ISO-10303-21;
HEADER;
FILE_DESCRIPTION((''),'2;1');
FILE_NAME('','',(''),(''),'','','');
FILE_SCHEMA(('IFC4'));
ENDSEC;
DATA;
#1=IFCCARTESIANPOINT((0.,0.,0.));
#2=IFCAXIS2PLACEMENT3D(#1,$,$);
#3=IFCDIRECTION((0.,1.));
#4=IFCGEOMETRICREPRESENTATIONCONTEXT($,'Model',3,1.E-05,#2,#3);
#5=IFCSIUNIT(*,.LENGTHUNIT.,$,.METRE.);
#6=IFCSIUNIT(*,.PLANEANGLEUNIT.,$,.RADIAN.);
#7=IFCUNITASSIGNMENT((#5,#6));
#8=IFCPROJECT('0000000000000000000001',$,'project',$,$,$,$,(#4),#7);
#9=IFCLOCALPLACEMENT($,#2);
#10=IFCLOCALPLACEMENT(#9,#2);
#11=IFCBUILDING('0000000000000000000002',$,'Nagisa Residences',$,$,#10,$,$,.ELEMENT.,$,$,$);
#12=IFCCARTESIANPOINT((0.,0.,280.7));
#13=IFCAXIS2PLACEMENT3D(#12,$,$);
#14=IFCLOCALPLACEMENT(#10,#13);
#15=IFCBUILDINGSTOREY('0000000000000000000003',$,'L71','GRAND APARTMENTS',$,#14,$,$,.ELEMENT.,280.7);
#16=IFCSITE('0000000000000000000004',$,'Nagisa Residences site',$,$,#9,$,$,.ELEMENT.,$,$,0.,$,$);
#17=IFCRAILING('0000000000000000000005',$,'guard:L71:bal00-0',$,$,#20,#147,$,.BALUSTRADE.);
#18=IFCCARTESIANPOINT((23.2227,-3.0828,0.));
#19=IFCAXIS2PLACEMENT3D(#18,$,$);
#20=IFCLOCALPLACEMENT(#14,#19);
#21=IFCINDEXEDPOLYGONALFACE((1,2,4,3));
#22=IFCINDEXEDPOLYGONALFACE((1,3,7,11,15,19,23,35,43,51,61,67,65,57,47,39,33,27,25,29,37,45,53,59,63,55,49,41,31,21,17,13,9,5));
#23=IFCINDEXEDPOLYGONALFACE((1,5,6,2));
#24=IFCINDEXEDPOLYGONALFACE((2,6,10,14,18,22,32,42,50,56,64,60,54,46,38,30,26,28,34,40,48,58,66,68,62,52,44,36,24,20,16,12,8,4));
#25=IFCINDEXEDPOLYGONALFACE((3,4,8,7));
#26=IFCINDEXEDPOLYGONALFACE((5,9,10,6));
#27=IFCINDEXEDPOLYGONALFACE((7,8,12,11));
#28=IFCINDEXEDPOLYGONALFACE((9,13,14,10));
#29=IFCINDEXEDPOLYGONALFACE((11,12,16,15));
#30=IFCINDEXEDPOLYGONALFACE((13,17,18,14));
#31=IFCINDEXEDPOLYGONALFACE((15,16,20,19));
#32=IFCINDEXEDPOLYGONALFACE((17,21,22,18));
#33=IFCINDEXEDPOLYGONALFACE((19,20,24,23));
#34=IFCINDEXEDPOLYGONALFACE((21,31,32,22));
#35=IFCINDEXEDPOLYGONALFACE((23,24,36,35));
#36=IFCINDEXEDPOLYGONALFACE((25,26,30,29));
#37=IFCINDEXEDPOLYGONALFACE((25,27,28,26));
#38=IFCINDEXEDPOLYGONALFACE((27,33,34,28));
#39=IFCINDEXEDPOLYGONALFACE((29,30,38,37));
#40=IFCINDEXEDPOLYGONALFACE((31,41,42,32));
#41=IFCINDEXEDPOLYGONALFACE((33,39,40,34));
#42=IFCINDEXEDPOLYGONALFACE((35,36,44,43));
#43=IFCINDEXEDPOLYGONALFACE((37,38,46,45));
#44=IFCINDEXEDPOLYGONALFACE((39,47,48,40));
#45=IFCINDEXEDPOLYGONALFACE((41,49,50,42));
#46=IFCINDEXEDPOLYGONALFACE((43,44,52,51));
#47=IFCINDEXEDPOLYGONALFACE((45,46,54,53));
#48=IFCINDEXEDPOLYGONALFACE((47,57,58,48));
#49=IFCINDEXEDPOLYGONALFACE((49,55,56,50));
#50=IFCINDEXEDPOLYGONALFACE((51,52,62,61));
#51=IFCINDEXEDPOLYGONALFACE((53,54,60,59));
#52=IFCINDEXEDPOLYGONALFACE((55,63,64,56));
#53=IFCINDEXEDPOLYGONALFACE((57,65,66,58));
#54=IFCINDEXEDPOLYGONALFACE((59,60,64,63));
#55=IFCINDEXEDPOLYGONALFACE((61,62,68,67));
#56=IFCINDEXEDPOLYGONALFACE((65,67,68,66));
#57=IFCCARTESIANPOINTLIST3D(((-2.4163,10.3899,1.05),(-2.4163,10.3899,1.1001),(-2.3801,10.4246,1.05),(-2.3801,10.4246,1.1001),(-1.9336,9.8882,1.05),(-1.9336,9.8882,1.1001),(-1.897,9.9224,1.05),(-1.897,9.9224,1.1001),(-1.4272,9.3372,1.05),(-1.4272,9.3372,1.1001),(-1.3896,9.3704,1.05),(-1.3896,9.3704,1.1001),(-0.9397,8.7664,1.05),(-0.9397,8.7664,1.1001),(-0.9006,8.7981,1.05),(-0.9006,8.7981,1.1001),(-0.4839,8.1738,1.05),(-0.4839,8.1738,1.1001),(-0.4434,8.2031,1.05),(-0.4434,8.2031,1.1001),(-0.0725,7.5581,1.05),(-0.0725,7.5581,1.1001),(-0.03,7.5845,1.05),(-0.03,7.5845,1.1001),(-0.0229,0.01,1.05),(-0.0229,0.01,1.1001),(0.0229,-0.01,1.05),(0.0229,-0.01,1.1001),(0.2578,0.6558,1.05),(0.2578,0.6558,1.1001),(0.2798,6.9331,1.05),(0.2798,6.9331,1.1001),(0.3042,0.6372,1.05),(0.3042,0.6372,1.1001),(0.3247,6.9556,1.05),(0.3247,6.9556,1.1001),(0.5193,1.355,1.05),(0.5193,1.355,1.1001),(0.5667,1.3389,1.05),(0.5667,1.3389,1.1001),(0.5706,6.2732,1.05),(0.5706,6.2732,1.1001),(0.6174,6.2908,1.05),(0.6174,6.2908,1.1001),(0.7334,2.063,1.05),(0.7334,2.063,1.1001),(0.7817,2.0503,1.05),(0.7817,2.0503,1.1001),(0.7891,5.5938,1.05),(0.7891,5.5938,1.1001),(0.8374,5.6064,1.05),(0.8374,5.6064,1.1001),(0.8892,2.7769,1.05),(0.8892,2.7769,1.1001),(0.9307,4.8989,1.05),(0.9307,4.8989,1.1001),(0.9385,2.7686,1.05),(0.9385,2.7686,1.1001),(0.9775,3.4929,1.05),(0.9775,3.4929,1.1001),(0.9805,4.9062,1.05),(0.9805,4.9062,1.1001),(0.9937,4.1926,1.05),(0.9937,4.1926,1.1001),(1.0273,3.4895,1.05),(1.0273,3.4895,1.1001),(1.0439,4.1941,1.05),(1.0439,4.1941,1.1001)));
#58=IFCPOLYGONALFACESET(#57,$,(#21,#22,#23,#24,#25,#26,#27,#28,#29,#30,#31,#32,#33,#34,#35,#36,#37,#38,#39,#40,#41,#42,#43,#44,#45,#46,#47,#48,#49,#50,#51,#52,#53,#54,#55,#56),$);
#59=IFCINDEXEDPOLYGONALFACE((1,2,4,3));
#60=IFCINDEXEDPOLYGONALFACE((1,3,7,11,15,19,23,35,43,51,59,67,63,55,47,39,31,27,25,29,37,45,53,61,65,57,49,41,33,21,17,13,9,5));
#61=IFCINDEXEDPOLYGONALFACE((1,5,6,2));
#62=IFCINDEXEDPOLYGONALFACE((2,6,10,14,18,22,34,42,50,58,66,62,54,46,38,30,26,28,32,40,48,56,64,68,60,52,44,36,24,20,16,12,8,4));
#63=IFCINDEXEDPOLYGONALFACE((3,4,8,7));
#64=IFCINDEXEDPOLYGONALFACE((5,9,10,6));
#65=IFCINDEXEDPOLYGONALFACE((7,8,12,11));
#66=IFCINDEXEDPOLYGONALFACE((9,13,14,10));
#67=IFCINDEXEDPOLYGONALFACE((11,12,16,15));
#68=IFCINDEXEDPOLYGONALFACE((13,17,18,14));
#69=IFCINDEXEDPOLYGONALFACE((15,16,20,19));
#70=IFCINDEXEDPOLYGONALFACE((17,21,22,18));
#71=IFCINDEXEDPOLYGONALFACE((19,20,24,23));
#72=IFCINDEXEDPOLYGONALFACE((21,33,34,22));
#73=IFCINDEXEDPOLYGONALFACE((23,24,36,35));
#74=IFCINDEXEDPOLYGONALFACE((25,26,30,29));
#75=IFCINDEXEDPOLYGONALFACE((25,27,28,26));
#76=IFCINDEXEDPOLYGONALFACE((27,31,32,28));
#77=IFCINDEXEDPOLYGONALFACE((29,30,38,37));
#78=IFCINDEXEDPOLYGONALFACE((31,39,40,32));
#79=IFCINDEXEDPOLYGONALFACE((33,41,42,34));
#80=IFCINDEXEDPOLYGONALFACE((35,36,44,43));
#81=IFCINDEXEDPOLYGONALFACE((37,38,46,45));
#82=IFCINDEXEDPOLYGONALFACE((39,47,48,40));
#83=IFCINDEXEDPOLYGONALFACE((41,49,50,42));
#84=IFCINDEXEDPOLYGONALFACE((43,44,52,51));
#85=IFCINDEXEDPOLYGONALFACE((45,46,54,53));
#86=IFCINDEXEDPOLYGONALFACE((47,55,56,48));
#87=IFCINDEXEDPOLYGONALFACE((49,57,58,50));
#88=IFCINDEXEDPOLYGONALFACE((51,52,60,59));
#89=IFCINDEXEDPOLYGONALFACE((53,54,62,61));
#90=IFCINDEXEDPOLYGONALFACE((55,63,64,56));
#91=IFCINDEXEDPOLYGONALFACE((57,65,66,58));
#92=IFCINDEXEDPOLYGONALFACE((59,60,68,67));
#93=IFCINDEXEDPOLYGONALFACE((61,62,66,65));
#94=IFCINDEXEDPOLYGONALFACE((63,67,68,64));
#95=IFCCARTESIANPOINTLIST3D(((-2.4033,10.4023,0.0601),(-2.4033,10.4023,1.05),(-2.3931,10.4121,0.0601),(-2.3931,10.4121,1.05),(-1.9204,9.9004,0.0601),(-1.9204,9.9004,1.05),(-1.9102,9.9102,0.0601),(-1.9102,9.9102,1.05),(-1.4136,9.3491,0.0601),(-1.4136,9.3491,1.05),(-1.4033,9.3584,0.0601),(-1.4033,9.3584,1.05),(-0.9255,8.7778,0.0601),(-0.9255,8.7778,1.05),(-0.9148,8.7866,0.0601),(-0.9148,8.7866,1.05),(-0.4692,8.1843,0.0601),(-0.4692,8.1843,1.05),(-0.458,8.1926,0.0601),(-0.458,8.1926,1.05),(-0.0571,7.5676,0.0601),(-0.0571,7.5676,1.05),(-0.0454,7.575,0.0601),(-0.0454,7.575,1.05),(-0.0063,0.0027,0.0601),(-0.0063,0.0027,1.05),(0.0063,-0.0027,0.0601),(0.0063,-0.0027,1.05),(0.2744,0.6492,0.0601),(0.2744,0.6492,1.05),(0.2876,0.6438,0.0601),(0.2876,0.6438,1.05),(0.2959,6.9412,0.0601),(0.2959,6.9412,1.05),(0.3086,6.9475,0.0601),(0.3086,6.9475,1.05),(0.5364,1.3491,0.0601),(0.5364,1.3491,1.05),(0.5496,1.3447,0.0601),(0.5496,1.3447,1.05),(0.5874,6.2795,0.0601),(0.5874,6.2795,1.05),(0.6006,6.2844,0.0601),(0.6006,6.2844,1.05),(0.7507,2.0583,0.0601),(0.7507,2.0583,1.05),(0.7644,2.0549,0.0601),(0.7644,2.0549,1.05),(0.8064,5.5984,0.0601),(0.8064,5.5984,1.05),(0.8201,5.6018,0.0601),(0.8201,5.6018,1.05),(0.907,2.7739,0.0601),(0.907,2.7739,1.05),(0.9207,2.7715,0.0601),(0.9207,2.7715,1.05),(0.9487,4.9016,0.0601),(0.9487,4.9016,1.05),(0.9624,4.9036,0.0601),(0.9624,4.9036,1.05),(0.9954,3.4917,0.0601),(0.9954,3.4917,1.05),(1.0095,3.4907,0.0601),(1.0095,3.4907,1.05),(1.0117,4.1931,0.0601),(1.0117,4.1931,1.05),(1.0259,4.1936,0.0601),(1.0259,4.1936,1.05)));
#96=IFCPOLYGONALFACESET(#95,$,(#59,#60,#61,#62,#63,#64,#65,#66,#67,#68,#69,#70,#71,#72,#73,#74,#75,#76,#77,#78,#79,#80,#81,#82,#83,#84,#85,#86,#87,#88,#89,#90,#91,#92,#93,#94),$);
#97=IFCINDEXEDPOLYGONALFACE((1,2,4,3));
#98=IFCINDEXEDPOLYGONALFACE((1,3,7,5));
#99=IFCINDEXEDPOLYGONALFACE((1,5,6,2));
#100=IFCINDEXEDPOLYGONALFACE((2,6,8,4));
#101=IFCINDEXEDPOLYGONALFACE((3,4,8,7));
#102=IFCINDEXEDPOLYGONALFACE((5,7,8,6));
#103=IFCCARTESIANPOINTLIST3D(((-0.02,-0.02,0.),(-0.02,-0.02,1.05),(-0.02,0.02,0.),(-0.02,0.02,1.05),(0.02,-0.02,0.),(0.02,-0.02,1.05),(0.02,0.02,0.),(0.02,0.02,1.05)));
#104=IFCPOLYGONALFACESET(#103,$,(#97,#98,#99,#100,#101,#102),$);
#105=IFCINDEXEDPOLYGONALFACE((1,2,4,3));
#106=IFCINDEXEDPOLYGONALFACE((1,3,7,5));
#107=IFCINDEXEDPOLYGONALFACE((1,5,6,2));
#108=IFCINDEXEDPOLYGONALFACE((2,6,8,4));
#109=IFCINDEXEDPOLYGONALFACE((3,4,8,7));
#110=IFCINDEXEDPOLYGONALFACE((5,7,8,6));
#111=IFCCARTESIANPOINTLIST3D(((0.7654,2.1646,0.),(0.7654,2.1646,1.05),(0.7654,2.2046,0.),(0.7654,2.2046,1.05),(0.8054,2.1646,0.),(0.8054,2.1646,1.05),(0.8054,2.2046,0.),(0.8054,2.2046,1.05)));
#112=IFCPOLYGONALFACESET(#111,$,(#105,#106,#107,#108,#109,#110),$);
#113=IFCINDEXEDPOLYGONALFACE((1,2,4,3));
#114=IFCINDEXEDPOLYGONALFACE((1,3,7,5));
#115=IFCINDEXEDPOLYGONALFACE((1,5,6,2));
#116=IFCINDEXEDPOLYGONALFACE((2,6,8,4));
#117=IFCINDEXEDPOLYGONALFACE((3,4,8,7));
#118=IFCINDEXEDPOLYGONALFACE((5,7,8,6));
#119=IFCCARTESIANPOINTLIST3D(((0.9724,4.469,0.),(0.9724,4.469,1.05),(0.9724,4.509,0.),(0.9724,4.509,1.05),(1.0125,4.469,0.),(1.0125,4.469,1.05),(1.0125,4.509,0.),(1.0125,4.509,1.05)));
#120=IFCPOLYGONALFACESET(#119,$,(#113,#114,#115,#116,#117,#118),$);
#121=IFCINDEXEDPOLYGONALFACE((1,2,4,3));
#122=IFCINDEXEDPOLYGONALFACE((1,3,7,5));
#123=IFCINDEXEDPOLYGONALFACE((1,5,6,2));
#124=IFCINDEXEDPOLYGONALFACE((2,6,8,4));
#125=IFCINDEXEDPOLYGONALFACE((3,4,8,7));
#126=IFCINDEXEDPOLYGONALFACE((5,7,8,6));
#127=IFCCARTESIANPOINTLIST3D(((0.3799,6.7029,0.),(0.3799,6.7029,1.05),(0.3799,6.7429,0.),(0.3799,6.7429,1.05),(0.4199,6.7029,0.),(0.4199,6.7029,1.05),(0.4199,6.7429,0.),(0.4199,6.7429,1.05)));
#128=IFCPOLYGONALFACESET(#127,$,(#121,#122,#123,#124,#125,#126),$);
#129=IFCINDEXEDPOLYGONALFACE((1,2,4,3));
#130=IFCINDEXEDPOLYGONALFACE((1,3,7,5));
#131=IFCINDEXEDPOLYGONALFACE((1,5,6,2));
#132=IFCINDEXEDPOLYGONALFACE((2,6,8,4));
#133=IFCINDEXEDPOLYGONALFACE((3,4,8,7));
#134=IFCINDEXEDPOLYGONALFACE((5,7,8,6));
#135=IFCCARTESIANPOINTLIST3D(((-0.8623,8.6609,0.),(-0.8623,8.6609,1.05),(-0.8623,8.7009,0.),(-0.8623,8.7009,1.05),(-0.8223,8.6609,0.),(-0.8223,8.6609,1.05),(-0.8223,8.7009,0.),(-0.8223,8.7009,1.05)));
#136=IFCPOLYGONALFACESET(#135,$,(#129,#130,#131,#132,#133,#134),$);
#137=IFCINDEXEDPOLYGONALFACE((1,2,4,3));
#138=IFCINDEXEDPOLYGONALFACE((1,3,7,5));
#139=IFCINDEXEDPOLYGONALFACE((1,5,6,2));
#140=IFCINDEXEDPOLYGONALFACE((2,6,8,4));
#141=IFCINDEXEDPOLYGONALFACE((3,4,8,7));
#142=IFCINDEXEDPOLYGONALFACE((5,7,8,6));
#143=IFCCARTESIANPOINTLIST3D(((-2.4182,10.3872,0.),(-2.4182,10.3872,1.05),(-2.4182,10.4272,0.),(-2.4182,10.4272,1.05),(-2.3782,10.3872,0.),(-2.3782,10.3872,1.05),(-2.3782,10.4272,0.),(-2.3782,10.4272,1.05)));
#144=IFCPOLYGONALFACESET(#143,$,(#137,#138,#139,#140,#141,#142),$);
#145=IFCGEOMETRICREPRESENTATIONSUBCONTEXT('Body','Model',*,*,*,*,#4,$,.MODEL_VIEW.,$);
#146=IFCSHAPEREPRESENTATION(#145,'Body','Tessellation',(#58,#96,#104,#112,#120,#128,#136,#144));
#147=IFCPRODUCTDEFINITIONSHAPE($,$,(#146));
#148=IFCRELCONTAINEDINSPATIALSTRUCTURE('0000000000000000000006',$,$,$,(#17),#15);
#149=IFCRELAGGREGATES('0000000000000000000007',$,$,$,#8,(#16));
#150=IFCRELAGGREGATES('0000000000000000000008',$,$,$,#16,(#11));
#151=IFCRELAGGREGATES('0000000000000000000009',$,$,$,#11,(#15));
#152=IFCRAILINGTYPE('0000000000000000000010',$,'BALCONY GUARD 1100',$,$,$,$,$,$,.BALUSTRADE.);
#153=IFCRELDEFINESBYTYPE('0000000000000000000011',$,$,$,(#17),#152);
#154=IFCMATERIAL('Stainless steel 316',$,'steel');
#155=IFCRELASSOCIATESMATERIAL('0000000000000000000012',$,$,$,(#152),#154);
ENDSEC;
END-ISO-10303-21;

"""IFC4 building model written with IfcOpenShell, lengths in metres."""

from ifc_helpers import new_model, si_unit, direction, frame, origin, origin_2d, place, context, subcontext, project, spatial, polyline, rectangle, outline, extrude, material, type_object, element, save


model = new_model("IFC4")

# Units and contexts
model_context = context("Model", 3, precision=1e-05, world=origin(), true_north=direction((0.0, 1.0)))
body_context = subcontext(model_context, "Body", "Model", "MODEL_VIEW")
ifc_project = project(units=[si_unit("LENGTHUNIT", "METRE"), si_unit("PLANEANGLEUNIT", "RADIAN")], contexts=[model_context])

# Site, building, storey
site_placement = place(None, origin())
site = spatial("IfcSite", under=ifc_project, at=site_placement, Name="Nagisa Residences site", CompositionType="ELEMENT", RefElevation=0.0)
building_placement = place(site_placement, origin())
building = spatial("IfcBuilding", under=site, at=building_placement, Name="Nagisa Residences", CompositionType="ELEMENT")
storey_placement = place(building_placement, frame((0.0, 0.0, 280.7)))
storey = spatial("IfcBuildingStorey", under=building, at=storey_placement, Name="L71", Description="GRAND APARTMENTS", CompositionType="ELEMENT", Elevation=280.7)

# Railing
ifc_material_1 = material(Name="Stainless steel 316", Category="steel")
railing_type = type_object("IfcRailingType", Name="BALCONY GUARD 1100", PredefinedType="BALUSTRADE", material=ifc_material_1)
railing_placement = place(storey_placement, frame((23.2227, -3.0828, 0.0)))
element("IfcRailing", 1, at=railing_placement, inside=storey, type_object=railing_type, Name="guard:L71:bal00-0", PredefinedType="BALUSTRADE", context=body_context, shape_type="SweptSolid", body=[
    extrude(outline(polyline([(0.2578, 0.6558), (-0.0229, 0.01), (0.0229, -0.01), (0.3042, 0.6372), (0.5667, 1.3389), (0.7817, 2.0503), (0.9385, 2.7686), (1.0273, 3.4895), (1.0439, 4.1941), (0.9805, 4.9062), (0.8374, 5.6064), (0.6174, 6.2908), (0.3247, 6.9556), (-0.03, 7.5845), (-0.4434, 8.2031), (-0.9006, 8.7981), (-1.3896, 9.3704), (-1.897, 9.9224), (-2.3801, 10.4246), (-2.4163, 10.3899), (-1.9336, 9.8882), (-1.4272, 9.3372), (-0.9397, 8.7664), (-0.4839, 8.1738), (-0.0725, 7.5581), (0.2798, 6.9331), (0.5706, 6.2732), (0.7891, 5.5938), (0.9307, 4.8989), (0.9937, 4.1926), (0.9775, 3.4929), (0.8892, 2.7769), (0.7334, 2.063), (0.5193, 1.355), (0.2578, 0.6558)])), frame((0.0, 0.0, 1.05)), (0.0, 0.0, 1.0), 0.05),
    extrude(outline(polyline([(0.2744, 0.6492), (-0.0063, 0.0027), (0.0063, -0.0027), (0.2876, 0.6438), (0.5496, 1.3447), (0.7644, 2.0549), (0.9207, 2.7715), (1.0095, 3.4907), (1.0259, 4.1936), (0.9624, 4.9036), (0.8201, 5.6018), (0.6006, 6.2844), (0.3086, 6.9475), (-0.0454, 7.575), (-0.458, 8.1926), (-0.9148, 8.7866), (-1.4033, 9.3584), (-1.9102, 9.9102), (-2.3931, 10.4121), (-2.4033, 10.4023), (-1.9204, 9.9004), (-1.4136, 9.3491), (-0.9255, 8.7778), (-0.4692, 8.1843), (-0.0571, 7.5676), (0.2959, 6.9412), (0.5874, 6.2795), (0.8064, 5.5984), (0.9487, 4.9016), (1.0117, 4.1931), (0.9954, 3.4917), (0.907, 2.7739), (0.7507, 2.0583), (0.5364, 1.3491), (0.2744, 0.6492)])), frame((0.0, 0.0, 0.0601)), (0.0, 0.0, 1.0), 0.99),
    extrude(rectangle(XDim=0.04, YDim=0.04, at=origin_2d()), origin(), (0.0, 0.0, 1.0), 1.05),
    extrude(rectangle(XDim=0.04, YDim=0.04, at=origin_2d()), frame((0.7854, 2.1846, 0.0)), (0.0, 0.0, 1.0), 1.05),
    extrude(rectangle(XDim=0.04, YDim=0.04, at=origin_2d()), frame((0.9924, 4.489, 0.0)), (0.0, 0.0, 1.0), 1.05),
    extrude(rectangle(XDim=0.04, YDim=0.04, at=origin_2d()), frame((0.3999, 6.7229, 0.0)), (0.0, 0.0, 1.0), 1.05),
    extrude(rectangle(XDim=0.04, YDim=0.04, at=origin_2d()), frame((-0.8423, 8.6809, 0.0)), (0.0, 0.0, 1.0), 1.05),
    extrude(rectangle(XDim=0.04, YDim=0.04, at=origin_2d()), frame((-2.3982, 10.4072, 0.0)), (0.0, 0.0, 1.0), 1.05),
])

save(model, "model.ifc")
